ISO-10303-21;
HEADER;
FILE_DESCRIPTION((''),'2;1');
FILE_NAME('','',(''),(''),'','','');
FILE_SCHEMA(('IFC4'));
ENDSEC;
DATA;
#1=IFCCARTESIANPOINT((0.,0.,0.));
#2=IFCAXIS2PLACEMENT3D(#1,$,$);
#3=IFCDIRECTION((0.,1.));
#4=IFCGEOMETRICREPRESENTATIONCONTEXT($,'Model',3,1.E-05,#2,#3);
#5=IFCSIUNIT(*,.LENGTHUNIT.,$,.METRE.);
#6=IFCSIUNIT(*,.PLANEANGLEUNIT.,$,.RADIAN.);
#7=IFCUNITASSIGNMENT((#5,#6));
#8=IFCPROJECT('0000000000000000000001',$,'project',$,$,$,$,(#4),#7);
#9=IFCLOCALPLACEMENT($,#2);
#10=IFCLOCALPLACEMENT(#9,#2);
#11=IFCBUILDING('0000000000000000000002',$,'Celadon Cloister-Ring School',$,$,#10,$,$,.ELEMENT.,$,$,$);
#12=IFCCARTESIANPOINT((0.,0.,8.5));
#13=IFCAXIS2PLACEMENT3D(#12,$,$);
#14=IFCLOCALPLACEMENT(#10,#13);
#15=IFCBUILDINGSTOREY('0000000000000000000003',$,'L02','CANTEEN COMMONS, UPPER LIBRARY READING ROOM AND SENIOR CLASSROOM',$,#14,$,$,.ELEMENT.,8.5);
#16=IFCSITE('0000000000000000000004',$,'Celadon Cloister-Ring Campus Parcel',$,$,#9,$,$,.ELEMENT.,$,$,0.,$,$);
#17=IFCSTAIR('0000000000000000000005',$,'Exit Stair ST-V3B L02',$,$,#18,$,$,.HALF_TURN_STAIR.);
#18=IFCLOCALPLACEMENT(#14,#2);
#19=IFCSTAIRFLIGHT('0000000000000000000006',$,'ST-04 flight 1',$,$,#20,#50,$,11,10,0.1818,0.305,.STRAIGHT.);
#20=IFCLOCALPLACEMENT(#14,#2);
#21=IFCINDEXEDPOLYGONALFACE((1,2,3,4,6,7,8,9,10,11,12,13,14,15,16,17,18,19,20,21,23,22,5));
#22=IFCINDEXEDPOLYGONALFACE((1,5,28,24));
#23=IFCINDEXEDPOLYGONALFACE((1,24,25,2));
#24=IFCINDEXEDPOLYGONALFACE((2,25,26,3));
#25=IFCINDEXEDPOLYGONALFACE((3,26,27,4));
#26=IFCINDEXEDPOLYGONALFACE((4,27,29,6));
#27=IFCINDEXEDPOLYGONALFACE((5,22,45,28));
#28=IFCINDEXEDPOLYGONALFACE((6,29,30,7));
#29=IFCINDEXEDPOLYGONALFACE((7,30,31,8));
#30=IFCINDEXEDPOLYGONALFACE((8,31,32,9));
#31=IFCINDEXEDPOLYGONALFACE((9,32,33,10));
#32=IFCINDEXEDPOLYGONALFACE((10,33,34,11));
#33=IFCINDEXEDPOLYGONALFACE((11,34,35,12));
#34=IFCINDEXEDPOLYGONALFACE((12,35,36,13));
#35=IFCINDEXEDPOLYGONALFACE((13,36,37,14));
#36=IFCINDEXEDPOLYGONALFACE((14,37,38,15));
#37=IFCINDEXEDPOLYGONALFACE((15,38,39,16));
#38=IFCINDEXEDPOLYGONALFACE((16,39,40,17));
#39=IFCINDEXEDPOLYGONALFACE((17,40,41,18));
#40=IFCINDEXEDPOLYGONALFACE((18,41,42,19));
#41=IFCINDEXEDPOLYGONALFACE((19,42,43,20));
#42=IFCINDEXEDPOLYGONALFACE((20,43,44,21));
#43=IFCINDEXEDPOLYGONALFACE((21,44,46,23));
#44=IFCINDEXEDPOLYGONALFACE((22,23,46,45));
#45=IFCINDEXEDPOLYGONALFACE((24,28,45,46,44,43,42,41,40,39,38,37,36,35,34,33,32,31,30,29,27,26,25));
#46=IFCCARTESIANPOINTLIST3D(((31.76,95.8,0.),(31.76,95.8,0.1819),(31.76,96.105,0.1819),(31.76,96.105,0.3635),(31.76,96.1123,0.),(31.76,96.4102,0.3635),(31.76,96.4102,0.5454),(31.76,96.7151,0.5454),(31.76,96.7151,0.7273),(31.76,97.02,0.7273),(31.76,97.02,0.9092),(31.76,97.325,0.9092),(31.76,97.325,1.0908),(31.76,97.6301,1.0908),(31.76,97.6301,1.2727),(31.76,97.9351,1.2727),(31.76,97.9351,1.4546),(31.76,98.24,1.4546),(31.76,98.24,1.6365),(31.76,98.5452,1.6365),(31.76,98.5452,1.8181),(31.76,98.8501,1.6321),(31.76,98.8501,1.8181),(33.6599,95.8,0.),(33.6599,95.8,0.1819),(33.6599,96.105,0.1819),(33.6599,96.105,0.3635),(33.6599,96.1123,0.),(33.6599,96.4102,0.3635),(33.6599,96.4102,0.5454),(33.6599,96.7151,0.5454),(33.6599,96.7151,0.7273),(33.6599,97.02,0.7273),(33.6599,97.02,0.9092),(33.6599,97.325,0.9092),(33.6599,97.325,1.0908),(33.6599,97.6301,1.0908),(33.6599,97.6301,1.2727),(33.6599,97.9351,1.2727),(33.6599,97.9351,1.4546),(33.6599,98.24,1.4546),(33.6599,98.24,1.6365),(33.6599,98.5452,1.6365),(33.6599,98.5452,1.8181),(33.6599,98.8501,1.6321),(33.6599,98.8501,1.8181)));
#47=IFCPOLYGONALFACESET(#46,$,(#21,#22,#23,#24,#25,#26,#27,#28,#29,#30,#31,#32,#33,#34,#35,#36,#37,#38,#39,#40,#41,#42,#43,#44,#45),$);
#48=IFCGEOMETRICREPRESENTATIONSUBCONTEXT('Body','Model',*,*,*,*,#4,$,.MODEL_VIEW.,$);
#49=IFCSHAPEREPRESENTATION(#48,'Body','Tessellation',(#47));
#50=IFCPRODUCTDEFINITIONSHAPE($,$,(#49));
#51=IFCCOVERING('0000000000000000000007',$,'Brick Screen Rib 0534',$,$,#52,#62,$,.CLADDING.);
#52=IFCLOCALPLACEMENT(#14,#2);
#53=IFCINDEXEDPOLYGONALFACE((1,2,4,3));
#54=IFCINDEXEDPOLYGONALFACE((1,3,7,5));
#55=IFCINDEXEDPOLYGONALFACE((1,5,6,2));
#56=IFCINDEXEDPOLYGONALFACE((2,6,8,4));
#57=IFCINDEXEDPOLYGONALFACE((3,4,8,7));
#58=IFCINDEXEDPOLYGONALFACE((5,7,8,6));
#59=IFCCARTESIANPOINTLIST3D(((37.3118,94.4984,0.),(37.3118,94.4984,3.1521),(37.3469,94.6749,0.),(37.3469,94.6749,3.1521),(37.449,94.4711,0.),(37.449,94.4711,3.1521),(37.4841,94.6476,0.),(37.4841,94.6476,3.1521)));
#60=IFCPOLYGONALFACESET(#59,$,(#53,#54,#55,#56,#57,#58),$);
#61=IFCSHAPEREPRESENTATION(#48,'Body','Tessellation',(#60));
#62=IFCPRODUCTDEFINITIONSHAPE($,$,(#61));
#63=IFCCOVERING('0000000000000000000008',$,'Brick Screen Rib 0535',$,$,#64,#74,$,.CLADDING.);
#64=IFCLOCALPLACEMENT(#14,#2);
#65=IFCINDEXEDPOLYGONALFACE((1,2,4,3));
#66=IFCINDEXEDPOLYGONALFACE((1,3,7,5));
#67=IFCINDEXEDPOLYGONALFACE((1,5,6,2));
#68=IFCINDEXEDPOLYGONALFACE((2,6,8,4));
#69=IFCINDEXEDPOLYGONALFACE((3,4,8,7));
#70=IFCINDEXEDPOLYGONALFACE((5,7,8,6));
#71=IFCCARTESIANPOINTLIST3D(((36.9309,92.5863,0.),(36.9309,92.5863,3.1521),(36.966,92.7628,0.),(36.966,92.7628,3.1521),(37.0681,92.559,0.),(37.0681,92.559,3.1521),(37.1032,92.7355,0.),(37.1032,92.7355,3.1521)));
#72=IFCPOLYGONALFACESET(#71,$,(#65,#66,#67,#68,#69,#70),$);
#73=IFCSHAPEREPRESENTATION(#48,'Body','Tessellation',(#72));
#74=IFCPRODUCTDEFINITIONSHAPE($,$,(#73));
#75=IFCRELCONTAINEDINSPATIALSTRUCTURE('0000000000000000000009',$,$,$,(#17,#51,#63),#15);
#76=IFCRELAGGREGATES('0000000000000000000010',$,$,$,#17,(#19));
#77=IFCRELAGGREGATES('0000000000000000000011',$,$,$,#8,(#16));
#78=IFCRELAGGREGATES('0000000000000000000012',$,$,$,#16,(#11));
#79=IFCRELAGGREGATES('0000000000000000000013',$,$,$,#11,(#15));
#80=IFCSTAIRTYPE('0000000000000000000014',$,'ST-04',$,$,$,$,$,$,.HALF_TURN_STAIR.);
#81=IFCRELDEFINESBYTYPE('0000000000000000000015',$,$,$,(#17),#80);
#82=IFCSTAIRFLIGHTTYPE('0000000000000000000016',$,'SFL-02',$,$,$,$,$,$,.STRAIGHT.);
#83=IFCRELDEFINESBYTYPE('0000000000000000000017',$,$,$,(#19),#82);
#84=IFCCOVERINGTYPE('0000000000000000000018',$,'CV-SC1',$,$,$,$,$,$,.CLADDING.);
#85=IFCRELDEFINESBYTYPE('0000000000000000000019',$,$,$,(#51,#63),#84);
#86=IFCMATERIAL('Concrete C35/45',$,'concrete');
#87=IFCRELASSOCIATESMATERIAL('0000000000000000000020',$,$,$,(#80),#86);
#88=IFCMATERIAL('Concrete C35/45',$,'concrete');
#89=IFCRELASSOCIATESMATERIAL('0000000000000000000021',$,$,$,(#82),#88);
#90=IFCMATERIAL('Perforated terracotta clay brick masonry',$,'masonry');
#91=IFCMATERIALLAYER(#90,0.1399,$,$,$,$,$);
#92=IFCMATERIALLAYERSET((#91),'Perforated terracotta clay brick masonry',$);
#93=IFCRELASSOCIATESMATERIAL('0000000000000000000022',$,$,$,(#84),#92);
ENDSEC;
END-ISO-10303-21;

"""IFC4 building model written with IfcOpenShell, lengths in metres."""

from ifc_helpers import new_model, si_unit, direction, frame, origin, origin_2d, place, context, subcontext, project, spatial, polyline, rectangle, outline, extrude, material, layer, layer_set, type_object, element, aggregate, save


model = new_model("IFC4")

# Units and contexts
model_context = context("Model", 3, precision=1e-05, world=origin(), true_north=direction((0.0, 1.0)))
body_context = subcontext(model_context, "Body", "Model", "MODEL_VIEW")
ifc_project = project(units=[si_unit("LENGTHUNIT", "METRE"), si_unit("PLANEANGLEUNIT", "RADIAN")], contexts=[model_context])

# Site, building, storey
site_placement = place(None, origin())
site = spatial("IfcSite", under=ifc_project, at=site_placement, Name="Celadon Cloister-Ring Campus Parcel", CompositionType="ELEMENT", RefElevation=0.0)
building_placement = place(site_placement, origin())
building = spatial("IfcBuilding", under=site, at=building_placement, Name="Celadon Cloister-Ring School", CompositionType="ELEMENT")
storey_placement = place(building_placement, frame((0.0, 0.0, 8.5)))
storey = spatial("IfcBuildingStorey", under=building, at=storey_placement, Name="L02", Description="CANTEEN COMMONS, UPPER LIBRARY READING ROOM AND SENIOR CLASSROOM", CompositionType="ELEMENT", Elevation=8.5)

# Stair, stair flight
ifc_material_1 = material(Name="Concrete C35/45", Category="concrete")
stair_type = type_object("IfcStairType", Name="ST-04", PredefinedType="HALF_TURN_STAIR", material=ifc_material_1)
stair_placement = place(storey_placement, origin())
stair = element("IfcStair", 1, at=stair_placement, inside=storey, type_object=stair_type, Name="Exit Stair ST-V3B L02", PredefinedType="HALF_TURN_STAIR")
ifc_material_2 = material(Name="Concrete C35/45", Category="concrete")
stair_flight_type = type_object("IfcStairFlightType", Name="SFL-02", PredefinedType="STRAIGHT", material=ifc_material_2)
stair_flight_placement = place(storey_placement, frame((32.71, 95.8, 0.0), z_axis=(0.0, 0.0, 1.0), x_axis=(0.0, 1.0, 0.0)))
stair_flight = element("IfcStairFlight", 2, at=stair_flight_placement, type_object=stair_flight_type, Name="ST-04 flight 1", NumberOfRisers=11, NumberOfTreads=10, PredefinedType="STRAIGHT", RiserHeight=0.1818, TreadLength=0.305, context=body_context, shape_type="SweptSolid", body=[
    extrude(outline(polyline([(0.0, 0.0), (0.0, 0.1819), (0.3049, 0.1819), (0.3049, 0.3635), (0.6101, 0.3635), (0.6101, 0.5454), (0.915, 0.5454), (0.915, 0.7273), (1.22, 0.7273), (1.22, 0.9092), (1.5249, 0.9092), (1.5249, 1.0908), (1.8301, 1.0908), (1.8301, 1.2727), (2.135, 1.2727), (2.135, 1.4546), (2.4399, 1.4546), (2.4399, 1.6365), (2.7451, 1.6365), (2.7451, 1.8181), (3.05, 1.8181), (3.05, 2.0), (3.05, 1.6321), (0.3123, 0.0), (0.0, 0.0)])), frame((0.0, 0.95, 0.0), z_axis=(0.0, -1.0, 0.0), x_axis=(1.0, 0.0, 0.0)), (0.0, 0.0, 1.0), 1.8999),
])
aggregate(stair, [stair_flight])

# Coverings
ifc_material_3 = material(Name="Perforated terracotta clay brick masonry", Category="masonry")
ifc_layer_1 = layer(ifc_material_3, 0.1399)
ifc_layer_set_1 = layer_set([ifc_layer_1], Name="Perforated terracotta clay brick masonry")
covering_type = type_object("IfcCoveringType", Name="CV-SC1", PredefinedType="CLADDING", material=ifc_layer_set_1)
for number, where, z_axis, x_axis, name in (
    (3, (37.3979, 94.573, 0.0), (0.0, 0.0, 1.0), (-0.195142, -0.980775, 0.0), "Brick Screen Rib 0534"),
    (4, (37.0171, 92.6609, 0.0), (0.0, 0.0, 1.0), (-0.195142, -0.980775, 0.0), "Brick Screen Rib 0535"),
):
    element("IfcCovering", number, at=place(storey_placement, frame(where, z_axis=z_axis, x_axis=x_axis)), inside=storey, type_object=covering_type, Name=name, PredefinedType="CLADDING", context=body_context, shape_type="SweptSolid", body=[
        extrude(rectangle(XDim=0.1799, YDim=0.1399, at=origin_2d()), origin(), (0.0, 0.0, 1.0), 3.1521),
    ])

save(model, "model.ifc")
